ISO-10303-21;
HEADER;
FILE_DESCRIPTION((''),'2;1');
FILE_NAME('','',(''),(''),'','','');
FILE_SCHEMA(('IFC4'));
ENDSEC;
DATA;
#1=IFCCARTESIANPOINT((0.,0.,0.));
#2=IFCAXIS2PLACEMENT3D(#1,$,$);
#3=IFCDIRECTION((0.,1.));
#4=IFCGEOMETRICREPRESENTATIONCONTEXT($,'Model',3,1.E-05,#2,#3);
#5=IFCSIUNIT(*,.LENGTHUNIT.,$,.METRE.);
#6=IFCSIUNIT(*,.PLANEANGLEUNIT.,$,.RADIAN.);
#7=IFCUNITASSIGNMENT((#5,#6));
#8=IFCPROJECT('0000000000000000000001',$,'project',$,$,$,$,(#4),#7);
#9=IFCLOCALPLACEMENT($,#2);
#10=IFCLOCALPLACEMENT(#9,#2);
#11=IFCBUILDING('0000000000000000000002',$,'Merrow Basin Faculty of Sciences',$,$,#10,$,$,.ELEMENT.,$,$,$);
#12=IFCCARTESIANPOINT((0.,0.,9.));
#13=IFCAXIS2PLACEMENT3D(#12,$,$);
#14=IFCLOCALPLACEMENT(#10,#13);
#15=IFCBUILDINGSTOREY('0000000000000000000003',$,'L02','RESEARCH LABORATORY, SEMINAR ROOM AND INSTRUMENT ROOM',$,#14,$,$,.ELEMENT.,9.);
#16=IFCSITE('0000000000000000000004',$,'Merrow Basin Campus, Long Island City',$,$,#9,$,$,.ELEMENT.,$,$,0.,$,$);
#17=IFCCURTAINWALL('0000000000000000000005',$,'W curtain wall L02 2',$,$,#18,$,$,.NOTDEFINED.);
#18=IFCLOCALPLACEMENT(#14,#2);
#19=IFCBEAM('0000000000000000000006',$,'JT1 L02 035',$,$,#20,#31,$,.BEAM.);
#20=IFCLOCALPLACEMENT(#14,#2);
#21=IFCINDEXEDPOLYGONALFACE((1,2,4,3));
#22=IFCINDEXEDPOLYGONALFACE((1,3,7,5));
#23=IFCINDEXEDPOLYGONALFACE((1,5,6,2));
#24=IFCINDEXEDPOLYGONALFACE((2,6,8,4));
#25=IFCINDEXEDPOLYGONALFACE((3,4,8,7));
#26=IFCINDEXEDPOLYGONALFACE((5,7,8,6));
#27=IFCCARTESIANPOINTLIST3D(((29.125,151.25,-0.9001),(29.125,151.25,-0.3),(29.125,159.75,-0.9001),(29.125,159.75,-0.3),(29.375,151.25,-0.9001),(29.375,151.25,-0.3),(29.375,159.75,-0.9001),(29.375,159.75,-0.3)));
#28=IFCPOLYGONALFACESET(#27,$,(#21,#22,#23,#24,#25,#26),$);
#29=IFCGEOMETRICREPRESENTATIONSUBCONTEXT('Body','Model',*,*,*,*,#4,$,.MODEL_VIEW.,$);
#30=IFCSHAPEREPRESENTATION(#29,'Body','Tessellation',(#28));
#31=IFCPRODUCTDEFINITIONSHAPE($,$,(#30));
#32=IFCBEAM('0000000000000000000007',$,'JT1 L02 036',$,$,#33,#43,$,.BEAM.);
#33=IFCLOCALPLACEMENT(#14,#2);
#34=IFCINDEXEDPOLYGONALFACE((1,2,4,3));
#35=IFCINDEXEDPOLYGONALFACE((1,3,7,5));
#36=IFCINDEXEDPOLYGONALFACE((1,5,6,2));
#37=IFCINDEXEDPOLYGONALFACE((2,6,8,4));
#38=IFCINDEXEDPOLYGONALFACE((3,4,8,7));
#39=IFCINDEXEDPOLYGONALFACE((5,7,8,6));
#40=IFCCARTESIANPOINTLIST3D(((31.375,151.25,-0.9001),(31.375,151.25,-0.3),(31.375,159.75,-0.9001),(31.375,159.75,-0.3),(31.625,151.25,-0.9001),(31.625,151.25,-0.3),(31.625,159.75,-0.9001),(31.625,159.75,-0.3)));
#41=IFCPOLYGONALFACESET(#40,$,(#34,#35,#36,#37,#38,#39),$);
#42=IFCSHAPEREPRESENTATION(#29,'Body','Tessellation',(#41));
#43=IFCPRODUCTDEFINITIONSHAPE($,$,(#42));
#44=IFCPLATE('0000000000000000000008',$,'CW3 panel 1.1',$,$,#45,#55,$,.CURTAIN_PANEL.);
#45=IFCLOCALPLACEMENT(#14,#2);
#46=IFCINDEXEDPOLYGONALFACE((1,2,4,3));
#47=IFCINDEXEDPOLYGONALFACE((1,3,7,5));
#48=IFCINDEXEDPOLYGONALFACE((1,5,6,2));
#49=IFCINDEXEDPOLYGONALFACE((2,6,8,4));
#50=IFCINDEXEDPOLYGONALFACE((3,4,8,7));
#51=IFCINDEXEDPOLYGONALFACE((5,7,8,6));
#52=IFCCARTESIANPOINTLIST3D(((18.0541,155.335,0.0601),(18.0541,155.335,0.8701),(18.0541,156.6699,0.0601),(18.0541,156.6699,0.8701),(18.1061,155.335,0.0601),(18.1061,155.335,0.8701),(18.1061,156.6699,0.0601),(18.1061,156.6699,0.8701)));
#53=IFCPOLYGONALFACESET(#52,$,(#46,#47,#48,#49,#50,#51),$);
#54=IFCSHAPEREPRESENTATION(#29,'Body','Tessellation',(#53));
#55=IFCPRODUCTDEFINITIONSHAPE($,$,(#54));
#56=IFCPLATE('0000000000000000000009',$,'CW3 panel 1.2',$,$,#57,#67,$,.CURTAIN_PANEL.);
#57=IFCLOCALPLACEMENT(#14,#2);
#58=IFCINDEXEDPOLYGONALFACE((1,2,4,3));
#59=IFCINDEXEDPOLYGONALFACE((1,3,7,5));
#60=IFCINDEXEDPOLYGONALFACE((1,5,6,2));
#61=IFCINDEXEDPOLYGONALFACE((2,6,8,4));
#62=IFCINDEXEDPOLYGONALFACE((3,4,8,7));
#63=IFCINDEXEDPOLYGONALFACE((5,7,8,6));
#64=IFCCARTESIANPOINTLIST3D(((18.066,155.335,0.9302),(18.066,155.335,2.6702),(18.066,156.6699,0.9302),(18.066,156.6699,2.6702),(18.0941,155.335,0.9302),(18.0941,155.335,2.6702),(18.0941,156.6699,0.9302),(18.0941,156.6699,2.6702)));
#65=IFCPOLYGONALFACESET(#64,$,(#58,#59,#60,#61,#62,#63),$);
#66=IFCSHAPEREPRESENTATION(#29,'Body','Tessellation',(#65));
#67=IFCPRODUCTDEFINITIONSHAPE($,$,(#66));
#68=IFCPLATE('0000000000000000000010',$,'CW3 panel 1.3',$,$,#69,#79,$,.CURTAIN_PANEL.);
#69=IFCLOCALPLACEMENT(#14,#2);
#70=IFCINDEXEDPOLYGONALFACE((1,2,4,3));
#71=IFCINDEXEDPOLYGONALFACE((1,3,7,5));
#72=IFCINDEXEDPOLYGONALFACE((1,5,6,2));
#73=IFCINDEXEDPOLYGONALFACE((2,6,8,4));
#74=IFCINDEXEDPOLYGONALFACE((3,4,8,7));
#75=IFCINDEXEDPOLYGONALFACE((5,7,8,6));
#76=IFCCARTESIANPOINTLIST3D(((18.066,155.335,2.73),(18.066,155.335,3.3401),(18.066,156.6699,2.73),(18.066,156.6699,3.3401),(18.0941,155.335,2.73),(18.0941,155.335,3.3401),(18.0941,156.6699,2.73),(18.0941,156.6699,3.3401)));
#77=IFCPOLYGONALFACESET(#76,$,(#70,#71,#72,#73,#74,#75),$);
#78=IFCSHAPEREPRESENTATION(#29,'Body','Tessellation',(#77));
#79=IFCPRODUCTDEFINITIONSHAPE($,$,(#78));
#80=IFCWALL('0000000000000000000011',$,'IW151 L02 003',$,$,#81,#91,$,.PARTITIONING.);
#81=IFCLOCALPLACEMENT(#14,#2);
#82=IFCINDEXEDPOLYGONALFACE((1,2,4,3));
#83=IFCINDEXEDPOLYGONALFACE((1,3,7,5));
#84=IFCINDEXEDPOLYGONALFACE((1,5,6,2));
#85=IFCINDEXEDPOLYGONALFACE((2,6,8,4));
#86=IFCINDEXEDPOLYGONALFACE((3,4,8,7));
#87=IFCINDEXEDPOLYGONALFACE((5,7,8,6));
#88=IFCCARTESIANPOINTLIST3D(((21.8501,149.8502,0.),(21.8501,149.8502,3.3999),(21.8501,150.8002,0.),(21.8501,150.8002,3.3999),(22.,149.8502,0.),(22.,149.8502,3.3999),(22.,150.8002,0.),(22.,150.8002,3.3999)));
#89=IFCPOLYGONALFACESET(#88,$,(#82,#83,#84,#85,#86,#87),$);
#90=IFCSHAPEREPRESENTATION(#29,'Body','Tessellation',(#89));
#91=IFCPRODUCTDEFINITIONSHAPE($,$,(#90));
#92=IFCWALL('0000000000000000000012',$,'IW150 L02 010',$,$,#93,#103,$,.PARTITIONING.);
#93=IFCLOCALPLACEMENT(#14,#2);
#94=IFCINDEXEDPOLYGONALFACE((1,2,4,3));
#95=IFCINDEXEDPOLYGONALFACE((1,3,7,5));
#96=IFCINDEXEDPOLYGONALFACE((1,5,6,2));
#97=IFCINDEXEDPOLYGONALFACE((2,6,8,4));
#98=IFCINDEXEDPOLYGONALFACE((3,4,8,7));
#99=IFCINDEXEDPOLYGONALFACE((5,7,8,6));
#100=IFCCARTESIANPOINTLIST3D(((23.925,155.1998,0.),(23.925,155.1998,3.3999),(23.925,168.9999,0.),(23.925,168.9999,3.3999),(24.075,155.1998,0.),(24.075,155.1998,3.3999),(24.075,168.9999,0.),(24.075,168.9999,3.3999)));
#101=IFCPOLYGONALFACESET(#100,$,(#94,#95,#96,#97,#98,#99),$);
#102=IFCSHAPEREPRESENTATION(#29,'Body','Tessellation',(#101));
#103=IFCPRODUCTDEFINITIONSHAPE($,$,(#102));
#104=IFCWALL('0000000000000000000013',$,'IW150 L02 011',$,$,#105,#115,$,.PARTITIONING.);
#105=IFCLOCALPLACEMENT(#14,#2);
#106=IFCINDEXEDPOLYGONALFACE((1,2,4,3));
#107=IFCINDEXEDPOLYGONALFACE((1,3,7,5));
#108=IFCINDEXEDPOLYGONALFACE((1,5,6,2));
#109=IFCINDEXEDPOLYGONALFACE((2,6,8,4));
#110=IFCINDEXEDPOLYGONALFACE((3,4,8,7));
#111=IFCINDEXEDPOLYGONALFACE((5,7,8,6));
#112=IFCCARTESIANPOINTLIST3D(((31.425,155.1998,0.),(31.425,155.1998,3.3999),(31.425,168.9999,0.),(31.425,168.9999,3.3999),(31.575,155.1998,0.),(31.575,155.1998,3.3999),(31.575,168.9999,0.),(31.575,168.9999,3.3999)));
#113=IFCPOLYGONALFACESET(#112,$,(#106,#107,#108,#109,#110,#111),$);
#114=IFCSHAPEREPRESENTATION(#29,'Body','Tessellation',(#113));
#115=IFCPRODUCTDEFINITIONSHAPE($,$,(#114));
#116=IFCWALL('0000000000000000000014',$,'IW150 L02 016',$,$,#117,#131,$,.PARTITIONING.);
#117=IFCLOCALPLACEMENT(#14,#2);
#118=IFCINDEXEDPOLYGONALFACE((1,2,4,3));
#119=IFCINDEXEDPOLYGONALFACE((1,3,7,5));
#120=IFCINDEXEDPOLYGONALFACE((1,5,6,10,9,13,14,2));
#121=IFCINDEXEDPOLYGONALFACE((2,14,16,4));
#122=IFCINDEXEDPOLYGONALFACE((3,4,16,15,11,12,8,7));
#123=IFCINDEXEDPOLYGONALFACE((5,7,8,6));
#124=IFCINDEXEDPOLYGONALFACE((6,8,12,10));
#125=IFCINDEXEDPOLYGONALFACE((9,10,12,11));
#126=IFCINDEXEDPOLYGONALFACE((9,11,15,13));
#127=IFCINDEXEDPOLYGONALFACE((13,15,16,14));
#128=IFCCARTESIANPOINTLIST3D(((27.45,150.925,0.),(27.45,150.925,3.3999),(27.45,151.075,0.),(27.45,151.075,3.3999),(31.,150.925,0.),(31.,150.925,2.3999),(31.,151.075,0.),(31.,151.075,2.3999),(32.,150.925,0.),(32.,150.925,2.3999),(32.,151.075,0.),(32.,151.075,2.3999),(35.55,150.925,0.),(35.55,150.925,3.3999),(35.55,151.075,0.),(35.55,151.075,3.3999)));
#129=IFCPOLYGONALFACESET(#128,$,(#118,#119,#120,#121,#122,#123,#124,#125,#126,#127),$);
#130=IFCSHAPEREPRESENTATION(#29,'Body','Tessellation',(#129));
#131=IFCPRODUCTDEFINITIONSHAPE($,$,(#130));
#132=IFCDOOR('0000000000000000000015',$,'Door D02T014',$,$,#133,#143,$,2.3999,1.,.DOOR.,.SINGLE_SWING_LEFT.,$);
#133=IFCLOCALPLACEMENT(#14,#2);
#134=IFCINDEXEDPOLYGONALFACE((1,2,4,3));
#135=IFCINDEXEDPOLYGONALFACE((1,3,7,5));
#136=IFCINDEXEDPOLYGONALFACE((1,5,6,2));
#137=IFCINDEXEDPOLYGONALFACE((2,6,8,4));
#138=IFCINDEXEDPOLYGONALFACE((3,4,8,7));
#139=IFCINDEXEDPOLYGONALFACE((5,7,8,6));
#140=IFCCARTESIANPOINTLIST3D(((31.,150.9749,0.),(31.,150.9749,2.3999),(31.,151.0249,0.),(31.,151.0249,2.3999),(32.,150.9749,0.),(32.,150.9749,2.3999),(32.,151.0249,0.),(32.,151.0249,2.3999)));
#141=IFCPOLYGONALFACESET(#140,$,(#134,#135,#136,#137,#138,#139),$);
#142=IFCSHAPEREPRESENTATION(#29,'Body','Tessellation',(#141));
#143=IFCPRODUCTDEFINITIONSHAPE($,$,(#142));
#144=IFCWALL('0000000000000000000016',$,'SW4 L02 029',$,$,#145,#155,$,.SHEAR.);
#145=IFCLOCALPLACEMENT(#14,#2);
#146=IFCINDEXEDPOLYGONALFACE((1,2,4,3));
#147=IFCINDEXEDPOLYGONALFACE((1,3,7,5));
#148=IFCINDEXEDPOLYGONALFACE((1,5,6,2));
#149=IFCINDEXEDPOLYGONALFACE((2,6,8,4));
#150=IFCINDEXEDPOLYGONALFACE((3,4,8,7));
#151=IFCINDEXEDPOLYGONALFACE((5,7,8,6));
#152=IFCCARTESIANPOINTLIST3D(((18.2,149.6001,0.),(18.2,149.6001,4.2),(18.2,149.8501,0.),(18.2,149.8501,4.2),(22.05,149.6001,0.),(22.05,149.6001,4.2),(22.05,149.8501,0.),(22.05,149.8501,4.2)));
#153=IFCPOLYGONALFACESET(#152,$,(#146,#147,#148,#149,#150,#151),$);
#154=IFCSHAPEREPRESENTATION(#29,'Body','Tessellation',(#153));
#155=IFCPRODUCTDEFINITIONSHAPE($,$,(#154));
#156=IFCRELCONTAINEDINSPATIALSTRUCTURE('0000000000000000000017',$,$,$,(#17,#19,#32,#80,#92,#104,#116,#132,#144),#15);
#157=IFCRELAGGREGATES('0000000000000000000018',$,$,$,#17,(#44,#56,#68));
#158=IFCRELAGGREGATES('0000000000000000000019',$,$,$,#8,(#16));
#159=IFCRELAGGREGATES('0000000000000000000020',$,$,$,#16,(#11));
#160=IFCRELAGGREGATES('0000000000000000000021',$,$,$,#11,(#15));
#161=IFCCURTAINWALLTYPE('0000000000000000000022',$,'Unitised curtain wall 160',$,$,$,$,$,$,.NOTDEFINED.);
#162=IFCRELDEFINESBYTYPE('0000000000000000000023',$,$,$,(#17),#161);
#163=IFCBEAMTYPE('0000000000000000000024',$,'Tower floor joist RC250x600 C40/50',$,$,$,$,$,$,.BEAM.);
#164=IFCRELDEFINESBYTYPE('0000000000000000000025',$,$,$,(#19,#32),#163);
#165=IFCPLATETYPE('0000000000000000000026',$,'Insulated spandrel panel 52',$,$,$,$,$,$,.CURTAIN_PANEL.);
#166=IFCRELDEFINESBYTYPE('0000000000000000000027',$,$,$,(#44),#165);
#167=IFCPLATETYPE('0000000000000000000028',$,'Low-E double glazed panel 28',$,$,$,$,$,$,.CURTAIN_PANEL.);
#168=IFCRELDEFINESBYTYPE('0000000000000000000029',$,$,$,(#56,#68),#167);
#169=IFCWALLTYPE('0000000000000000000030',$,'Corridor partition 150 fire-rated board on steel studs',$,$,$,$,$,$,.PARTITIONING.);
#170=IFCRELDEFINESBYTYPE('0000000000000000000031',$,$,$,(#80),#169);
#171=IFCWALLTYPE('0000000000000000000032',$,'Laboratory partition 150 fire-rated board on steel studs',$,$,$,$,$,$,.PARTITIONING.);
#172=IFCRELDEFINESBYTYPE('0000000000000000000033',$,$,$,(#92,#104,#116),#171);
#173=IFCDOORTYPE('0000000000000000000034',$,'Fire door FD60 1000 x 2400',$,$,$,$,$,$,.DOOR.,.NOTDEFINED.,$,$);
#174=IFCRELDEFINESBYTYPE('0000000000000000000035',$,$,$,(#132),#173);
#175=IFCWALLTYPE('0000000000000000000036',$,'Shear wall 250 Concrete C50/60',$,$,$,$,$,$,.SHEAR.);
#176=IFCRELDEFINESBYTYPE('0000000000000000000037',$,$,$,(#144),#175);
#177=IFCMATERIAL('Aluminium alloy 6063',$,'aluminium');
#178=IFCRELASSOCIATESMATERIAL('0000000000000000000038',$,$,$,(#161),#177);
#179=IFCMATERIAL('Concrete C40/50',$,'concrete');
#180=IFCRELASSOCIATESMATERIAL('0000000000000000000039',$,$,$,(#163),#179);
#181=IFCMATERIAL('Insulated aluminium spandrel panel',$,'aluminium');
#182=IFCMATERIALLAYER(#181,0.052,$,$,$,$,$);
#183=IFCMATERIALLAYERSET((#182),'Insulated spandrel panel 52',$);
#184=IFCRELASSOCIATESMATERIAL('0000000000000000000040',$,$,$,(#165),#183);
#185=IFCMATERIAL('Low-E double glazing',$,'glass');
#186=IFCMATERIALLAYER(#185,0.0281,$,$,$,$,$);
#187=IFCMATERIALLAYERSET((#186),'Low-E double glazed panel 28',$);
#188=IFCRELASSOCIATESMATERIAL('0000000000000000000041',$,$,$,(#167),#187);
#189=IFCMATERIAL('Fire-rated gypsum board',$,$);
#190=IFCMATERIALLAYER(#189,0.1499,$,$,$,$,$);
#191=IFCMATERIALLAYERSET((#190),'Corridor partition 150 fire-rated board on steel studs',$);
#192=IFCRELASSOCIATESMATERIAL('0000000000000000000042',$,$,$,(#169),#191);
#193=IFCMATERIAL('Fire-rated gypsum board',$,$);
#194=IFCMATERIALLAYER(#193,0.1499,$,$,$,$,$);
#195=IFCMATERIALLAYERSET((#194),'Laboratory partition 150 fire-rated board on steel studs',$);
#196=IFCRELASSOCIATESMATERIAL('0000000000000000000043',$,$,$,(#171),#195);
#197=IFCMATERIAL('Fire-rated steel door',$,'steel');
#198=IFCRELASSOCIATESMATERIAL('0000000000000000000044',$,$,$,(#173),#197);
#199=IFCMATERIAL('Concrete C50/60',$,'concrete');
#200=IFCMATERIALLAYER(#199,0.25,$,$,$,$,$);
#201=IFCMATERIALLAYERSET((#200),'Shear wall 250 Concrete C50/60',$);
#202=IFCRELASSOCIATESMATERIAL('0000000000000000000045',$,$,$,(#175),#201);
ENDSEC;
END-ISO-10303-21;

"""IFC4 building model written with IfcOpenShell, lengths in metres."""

from ifc_helpers import new_model, si_unit, direction, frame, frame_2d, origin, origin_2d, place, context, subcontext, project, spatial, rectangle, extrude, material, layer, layer_set, material_profile, profile_set, type_object, element, fill, aggregate, save


model = new_model("IFC4")

# Units and contexts
model_context = context("Model", 3, precision=1e-05, world=origin(), true_north=direction((0.0, 1.0)))
body_context = subcontext(model_context, "Body", "Model", "MODEL_VIEW")
ifc_project = project(units=[si_unit("LENGTHUNIT", "METRE"), si_unit("PLANEANGLEUNIT", "RADIAN")], contexts=[model_context])

# Site, building, storey
site_placement = place(None, origin())
site = spatial("IfcSite", under=ifc_project, at=site_placement, Name="Merrow Basin Campus, Long Island City", CompositionType="ELEMENT", RefElevation=0.0)
building_placement = place(site_placement, origin())
building = spatial("IfcBuilding", under=site, at=building_placement, Name="Merrow Basin Faculty of Sciences", CompositionType="ELEMENT")
storey_placement = place(building_placement, frame((0.0, 0.0, 9.0)))
storey = spatial("IfcBuildingStorey", under=building, at=storey_placement, Name="L02", Description="RESEARCH LABORATORY, SEMINAR ROOM AND INSTRUMENT ROOM", CompositionType="ELEMENT", Elevation=9.0)

# Shared definitions
ifc_material_1 = material(Name="Aluminium alloy 6063", Category="aluminium")
curtain_wall_type = type_object("IfcCurtainWallType", Name="Unitised curtain wall 160", PredefinedType="NOTDEFINED", material=ifc_material_1)

# Curtain wall
curtain_wall_1_placement = place(storey_placement, origin())
curtain_wall_1 = element("IfcCurtainWall", 1, at=curtain_wall_1_placement, inside=storey, type_object=curtain_wall_type, Name="W curtain wall L02 2", PredefinedType="NOTDEFINED")

# Beams
ifc_material_2 = material(Name="Concrete C40/50", Category="concrete")
ifc_material_profile_1 = material_profile(ifc_material_2, rectangle(XDim=0.25, YDim=0.6001, at=origin_2d()))
ifc_profile_set_1 = profile_set([ifc_material_profile_1], Name="Concrete C40/50")
beam_type_1 = type_object("IfcBeamType", Name="Tower floor joist RC250x600 C40/50", PredefinedType="BEAM", material=ifc_profile_set_1)
for number, where, z_axis, x_axis, name in (
    (2, (29.25, 151.25, -0.6001), (0.0, 1.0, 0.0), (-1.0, 0.0, 0.0), "JT1 L02 035"),
    (3, (31.5, 151.25, -0.6001), (0.0, 1.0, 0.0), (-1.0, 0.0, 0.0), "JT1 L02 036"),
):
    element("IfcBeam", number, at=place(storey_placement, frame(where, z_axis=z_axis, x_axis=x_axis)), inside=storey, type_object=beam_type_1, Name=name, PredefinedType="BEAM", context=body_context, shape_type="SweptSolid", body=[
        extrude(rectangle(XDim=0.25, YDim=0.6001, at=origin_2d()), origin(), (0.0, 0.0, 1.0), 8.5),
    ])

# Plates
ifc_material_3 = material(Name="Insulated aluminium spandrel panel", Category="aluminium")
ifc_layer_1 = layer(ifc_material_3, 0.052)
ifc_layer_set_1 = layer_set([ifc_layer_1], Name="Insulated spandrel panel 52")
plate_type_1 = type_object("IfcPlateType", Name="Insulated spandrel panel 52", PredefinedType="CURTAIN_PANEL", material=ifc_layer_set_1)
plate_1_placement = place(storey_placement, frame((18.0801, 156.0024, 0.0601), z_axis=(0.0, 0.0, 1.0), x_axis=(0.0, 1.0, 0.0)))
plate_1 = element("IfcPlate", 4, at=plate_1_placement, type_object=plate_type_1, Name="CW3 panel 1.1", PredefinedType="CURTAIN_PANEL", context=body_context, shape_type="SweptSolid", body=[
    extrude(rectangle(XDim=1.335, YDim=0.052, at=origin_2d()), origin(), (0.0, 0.0, 1.0), 0.8101),
])
ifc_material_4 = material(Name="Low-E double glazing", Category="glass")
ifc_layer_2 = layer(ifc_material_4, 0.0281)
ifc_layer_set_2 = layer_set([ifc_layer_2], Name="Low-E double glazed panel 28")
plate_type_2 = type_object("IfcPlateType", Name="Low-E double glazed panel 28", PredefinedType="CURTAIN_PANEL", material=ifc_layer_set_2)
plate_2_placement = place(storey_placement, frame((18.0801, 156.0024, 0.9302), z_axis=(0.0, 0.0, 1.0), x_axis=(0.0, 1.0, 0.0)))
plate_2 = element("IfcPlate", 5, at=plate_2_placement, type_object=plate_type_2, Name="CW3 panel 1.2", PredefinedType="CURTAIN_PANEL", context=body_context, shape_type="SweptSolid", body=[
    extrude(rectangle(XDim=1.335, YDim=0.0281, at=origin_2d()), origin(), (0.0, 0.0, 1.0), 1.74),
])
plate_3_placement = place(storey_placement, frame((18.0801, 156.0024, 2.73), z_axis=(0.0, 0.0, 1.0), x_axis=(0.0, 1.0, 0.0)))
plate_3 = element("IfcPlate", 6, at=plate_3_placement, type_object=plate_type_2, Name="CW3 panel 1.3", PredefinedType="CURTAIN_PANEL", context=body_context, shape_type="SweptSolid", body=[
    extrude(rectangle(XDim=1.335, YDim=0.0281, at=origin_2d()), origin(), (0.0, 0.0, 1.0), 0.6101),
])
aggregate(curtain_wall_1, [plate_1, plate_2, plate_3])

# Walls
ifc_material_5 = material(Name="Fire-rated gypsum board")
ifc_layer_3 = layer(ifc_material_5, 0.1499)
ifc_layer_set_3 = layer_set([ifc_layer_3], Name="Corridor partition 150 fire-rated board on steel studs")
wall_type_1 = type_object("IfcWallType", Name="Corridor partition 150 fire-rated board on steel studs", PredefinedType="PARTITIONING", material=ifc_layer_set_3)
wall_1_placement = place(storey_placement, frame((21.925, 149.8501, 0.0), z_axis=(0.0, 0.0, 1.0), x_axis=(0.0, 1.0, 0.0)))
element("IfcWall", 7, at=wall_1_placement, inside=storey, type_object=wall_type_1, Name="IW151 L02 003", PredefinedType="PARTITIONING", context=body_context, shape_type="SweptSolid", body=[
    extrude(rectangle(XDim=0.95, YDim=0.1499, at=frame_2d((0.4751, 0.0))), origin(), (0.0, 0.0, 1.0), 3.3999),
])
ifc_material_6 = material(Name="Fire-rated gypsum board")
ifc_layer_4 = layer(ifc_material_6, 0.1499)
ifc_layer_set_4 = layer_set([ifc_layer_4], Name="Laboratory partition 150 fire-rated board on steel studs")
wall_type_2 = type_object("IfcWallType", Name="Laboratory partition 150 fire-rated board on steel studs", PredefinedType="PARTITIONING", material=ifc_layer_set_4)
for number, where, z_axis, x_axis, name in (
    (8, (24.0, 155.2, 0.0), (0.0, 0.0, 1.0), (0.0, 1.0, 0.0), "IW150 L02 010"),
    (9, (31.5, 155.2, 0.0), (0.0, 0.0, 1.0), (0.0, 1.0, 0.0), "IW150 L02 011"),
):
    element("IfcWall", number, at=place(storey_placement, frame(where, z_axis=z_axis, x_axis=x_axis)), inside=storey, type_object=wall_type_2, Name=name, PredefinedType="PARTITIONING", context=body_context, shape_type="SweptSolid", body=[
        extrude(rectangle(XDim=13.8, YDim=0.1499, at=frame_2d((6.8999, 0.0))), origin(), (0.0, 0.0, 1.0), 3.3999),
    ])

# Wall, opening, door
wall_2_placement = place(storey_placement, frame((27.45, 151.0, 0.0), z_axis=(0.0, 0.0, 1.0), x_axis=(1.0, 0.0, 0.0)))
wall_2 = element("IfcWall", 10, at=wall_2_placement, inside=storey, type_object=wall_type_2, Name="IW150 L02 016", PredefinedType="PARTITIONING", context=body_context, shape_type="SweptSolid", body=[
    extrude(rectangle(XDim=8.1001, YDim=0.1499, at=frame_2d((4.05, 0.0))), origin(), (0.0, 0.0, 1.0), 3.3999),
])
opening_1_placement = place(wall_2_placement, frame((3.55, 0.0, 0.0)))
opening_1 = element("IfcOpeningElement", 11, at=opening_1_placement, cuts=wall_2, PredefinedType="OPENING", context=body_context, shape_type="SweptSolid", body=[
    extrude(rectangle(XDim=1.0, YDim=2.3999, at=frame_2d((0.5, 1.2))), frame((0.0, 0.085, 0.0), z_axis=(0.0, -1.0, 0.0), x_axis=(1.0, 0.0, 0.0)), (0.0, 0.0, 1.0), 0.1699),
])
ifc_material_7 = material(Name="Fire-rated steel door", Category="steel")
door_type = type_object("IfcDoorType", Name="Fire door FD60 1000 x 2400", OperationType="NOTDEFINED", PredefinedType="DOOR", material=ifc_material_7)
door_1_placement = place(opening_1_placement, origin())
door_1 = element("IfcDoor", 12, at=door_1_placement, inside=storey, type_object=door_type, Name="Door D02T014", OperationType="SINGLE_SWING_LEFT", OverallHeight=2.3999, OverallWidth=1.0, PredefinedType="DOOR", context=body_context, shape_type="SweptSolid", body=[
    extrude(rectangle(XDim=1.0, YDim=2.3999, at=frame_2d((0.5, 1.2))), frame((0.0, 0.0249, 0.0), z_axis=(0.0, -1.0, 0.0), x_axis=(1.0, 0.0, 0.0)), (0.0, 0.0, 1.0), 0.05),
])
fill(opening_1, door_1)

# Wall
ifc_material_8 = material(Name="Concrete C50/60", Category="concrete")
ifc_layer_5 = layer(ifc_material_8, 0.25)
ifc_layer_set_5 = layer_set([ifc_layer_5], Name="Shear wall 250 Concrete C50/60")
wall_type_3 = type_object("IfcWallType", Name="Shear wall 250 Concrete C50/60", PredefinedType="SHEAR", material=ifc_layer_set_5)
wall_3_placement = place(storey_placement, frame((18.2, 149.7251, 0.0), z_axis=(0.0, 0.0, 1.0), x_axis=(1.0, 0.0, 0.0)))
element("IfcWall", 13, at=wall_3_placement, inside=storey, type_object=wall_type_3, Name="SW4 L02 029", PredefinedType="SHEAR", context=body_context, shape_type="SweptSolid", body=[
    extrude(rectangle(XDim=3.8501, YDim=0.25, at=frame_2d((1.925, 0.0))), origin(), (0.0, 0.0, 1.0), 4.2),
])

save(model, "model.ifc")
